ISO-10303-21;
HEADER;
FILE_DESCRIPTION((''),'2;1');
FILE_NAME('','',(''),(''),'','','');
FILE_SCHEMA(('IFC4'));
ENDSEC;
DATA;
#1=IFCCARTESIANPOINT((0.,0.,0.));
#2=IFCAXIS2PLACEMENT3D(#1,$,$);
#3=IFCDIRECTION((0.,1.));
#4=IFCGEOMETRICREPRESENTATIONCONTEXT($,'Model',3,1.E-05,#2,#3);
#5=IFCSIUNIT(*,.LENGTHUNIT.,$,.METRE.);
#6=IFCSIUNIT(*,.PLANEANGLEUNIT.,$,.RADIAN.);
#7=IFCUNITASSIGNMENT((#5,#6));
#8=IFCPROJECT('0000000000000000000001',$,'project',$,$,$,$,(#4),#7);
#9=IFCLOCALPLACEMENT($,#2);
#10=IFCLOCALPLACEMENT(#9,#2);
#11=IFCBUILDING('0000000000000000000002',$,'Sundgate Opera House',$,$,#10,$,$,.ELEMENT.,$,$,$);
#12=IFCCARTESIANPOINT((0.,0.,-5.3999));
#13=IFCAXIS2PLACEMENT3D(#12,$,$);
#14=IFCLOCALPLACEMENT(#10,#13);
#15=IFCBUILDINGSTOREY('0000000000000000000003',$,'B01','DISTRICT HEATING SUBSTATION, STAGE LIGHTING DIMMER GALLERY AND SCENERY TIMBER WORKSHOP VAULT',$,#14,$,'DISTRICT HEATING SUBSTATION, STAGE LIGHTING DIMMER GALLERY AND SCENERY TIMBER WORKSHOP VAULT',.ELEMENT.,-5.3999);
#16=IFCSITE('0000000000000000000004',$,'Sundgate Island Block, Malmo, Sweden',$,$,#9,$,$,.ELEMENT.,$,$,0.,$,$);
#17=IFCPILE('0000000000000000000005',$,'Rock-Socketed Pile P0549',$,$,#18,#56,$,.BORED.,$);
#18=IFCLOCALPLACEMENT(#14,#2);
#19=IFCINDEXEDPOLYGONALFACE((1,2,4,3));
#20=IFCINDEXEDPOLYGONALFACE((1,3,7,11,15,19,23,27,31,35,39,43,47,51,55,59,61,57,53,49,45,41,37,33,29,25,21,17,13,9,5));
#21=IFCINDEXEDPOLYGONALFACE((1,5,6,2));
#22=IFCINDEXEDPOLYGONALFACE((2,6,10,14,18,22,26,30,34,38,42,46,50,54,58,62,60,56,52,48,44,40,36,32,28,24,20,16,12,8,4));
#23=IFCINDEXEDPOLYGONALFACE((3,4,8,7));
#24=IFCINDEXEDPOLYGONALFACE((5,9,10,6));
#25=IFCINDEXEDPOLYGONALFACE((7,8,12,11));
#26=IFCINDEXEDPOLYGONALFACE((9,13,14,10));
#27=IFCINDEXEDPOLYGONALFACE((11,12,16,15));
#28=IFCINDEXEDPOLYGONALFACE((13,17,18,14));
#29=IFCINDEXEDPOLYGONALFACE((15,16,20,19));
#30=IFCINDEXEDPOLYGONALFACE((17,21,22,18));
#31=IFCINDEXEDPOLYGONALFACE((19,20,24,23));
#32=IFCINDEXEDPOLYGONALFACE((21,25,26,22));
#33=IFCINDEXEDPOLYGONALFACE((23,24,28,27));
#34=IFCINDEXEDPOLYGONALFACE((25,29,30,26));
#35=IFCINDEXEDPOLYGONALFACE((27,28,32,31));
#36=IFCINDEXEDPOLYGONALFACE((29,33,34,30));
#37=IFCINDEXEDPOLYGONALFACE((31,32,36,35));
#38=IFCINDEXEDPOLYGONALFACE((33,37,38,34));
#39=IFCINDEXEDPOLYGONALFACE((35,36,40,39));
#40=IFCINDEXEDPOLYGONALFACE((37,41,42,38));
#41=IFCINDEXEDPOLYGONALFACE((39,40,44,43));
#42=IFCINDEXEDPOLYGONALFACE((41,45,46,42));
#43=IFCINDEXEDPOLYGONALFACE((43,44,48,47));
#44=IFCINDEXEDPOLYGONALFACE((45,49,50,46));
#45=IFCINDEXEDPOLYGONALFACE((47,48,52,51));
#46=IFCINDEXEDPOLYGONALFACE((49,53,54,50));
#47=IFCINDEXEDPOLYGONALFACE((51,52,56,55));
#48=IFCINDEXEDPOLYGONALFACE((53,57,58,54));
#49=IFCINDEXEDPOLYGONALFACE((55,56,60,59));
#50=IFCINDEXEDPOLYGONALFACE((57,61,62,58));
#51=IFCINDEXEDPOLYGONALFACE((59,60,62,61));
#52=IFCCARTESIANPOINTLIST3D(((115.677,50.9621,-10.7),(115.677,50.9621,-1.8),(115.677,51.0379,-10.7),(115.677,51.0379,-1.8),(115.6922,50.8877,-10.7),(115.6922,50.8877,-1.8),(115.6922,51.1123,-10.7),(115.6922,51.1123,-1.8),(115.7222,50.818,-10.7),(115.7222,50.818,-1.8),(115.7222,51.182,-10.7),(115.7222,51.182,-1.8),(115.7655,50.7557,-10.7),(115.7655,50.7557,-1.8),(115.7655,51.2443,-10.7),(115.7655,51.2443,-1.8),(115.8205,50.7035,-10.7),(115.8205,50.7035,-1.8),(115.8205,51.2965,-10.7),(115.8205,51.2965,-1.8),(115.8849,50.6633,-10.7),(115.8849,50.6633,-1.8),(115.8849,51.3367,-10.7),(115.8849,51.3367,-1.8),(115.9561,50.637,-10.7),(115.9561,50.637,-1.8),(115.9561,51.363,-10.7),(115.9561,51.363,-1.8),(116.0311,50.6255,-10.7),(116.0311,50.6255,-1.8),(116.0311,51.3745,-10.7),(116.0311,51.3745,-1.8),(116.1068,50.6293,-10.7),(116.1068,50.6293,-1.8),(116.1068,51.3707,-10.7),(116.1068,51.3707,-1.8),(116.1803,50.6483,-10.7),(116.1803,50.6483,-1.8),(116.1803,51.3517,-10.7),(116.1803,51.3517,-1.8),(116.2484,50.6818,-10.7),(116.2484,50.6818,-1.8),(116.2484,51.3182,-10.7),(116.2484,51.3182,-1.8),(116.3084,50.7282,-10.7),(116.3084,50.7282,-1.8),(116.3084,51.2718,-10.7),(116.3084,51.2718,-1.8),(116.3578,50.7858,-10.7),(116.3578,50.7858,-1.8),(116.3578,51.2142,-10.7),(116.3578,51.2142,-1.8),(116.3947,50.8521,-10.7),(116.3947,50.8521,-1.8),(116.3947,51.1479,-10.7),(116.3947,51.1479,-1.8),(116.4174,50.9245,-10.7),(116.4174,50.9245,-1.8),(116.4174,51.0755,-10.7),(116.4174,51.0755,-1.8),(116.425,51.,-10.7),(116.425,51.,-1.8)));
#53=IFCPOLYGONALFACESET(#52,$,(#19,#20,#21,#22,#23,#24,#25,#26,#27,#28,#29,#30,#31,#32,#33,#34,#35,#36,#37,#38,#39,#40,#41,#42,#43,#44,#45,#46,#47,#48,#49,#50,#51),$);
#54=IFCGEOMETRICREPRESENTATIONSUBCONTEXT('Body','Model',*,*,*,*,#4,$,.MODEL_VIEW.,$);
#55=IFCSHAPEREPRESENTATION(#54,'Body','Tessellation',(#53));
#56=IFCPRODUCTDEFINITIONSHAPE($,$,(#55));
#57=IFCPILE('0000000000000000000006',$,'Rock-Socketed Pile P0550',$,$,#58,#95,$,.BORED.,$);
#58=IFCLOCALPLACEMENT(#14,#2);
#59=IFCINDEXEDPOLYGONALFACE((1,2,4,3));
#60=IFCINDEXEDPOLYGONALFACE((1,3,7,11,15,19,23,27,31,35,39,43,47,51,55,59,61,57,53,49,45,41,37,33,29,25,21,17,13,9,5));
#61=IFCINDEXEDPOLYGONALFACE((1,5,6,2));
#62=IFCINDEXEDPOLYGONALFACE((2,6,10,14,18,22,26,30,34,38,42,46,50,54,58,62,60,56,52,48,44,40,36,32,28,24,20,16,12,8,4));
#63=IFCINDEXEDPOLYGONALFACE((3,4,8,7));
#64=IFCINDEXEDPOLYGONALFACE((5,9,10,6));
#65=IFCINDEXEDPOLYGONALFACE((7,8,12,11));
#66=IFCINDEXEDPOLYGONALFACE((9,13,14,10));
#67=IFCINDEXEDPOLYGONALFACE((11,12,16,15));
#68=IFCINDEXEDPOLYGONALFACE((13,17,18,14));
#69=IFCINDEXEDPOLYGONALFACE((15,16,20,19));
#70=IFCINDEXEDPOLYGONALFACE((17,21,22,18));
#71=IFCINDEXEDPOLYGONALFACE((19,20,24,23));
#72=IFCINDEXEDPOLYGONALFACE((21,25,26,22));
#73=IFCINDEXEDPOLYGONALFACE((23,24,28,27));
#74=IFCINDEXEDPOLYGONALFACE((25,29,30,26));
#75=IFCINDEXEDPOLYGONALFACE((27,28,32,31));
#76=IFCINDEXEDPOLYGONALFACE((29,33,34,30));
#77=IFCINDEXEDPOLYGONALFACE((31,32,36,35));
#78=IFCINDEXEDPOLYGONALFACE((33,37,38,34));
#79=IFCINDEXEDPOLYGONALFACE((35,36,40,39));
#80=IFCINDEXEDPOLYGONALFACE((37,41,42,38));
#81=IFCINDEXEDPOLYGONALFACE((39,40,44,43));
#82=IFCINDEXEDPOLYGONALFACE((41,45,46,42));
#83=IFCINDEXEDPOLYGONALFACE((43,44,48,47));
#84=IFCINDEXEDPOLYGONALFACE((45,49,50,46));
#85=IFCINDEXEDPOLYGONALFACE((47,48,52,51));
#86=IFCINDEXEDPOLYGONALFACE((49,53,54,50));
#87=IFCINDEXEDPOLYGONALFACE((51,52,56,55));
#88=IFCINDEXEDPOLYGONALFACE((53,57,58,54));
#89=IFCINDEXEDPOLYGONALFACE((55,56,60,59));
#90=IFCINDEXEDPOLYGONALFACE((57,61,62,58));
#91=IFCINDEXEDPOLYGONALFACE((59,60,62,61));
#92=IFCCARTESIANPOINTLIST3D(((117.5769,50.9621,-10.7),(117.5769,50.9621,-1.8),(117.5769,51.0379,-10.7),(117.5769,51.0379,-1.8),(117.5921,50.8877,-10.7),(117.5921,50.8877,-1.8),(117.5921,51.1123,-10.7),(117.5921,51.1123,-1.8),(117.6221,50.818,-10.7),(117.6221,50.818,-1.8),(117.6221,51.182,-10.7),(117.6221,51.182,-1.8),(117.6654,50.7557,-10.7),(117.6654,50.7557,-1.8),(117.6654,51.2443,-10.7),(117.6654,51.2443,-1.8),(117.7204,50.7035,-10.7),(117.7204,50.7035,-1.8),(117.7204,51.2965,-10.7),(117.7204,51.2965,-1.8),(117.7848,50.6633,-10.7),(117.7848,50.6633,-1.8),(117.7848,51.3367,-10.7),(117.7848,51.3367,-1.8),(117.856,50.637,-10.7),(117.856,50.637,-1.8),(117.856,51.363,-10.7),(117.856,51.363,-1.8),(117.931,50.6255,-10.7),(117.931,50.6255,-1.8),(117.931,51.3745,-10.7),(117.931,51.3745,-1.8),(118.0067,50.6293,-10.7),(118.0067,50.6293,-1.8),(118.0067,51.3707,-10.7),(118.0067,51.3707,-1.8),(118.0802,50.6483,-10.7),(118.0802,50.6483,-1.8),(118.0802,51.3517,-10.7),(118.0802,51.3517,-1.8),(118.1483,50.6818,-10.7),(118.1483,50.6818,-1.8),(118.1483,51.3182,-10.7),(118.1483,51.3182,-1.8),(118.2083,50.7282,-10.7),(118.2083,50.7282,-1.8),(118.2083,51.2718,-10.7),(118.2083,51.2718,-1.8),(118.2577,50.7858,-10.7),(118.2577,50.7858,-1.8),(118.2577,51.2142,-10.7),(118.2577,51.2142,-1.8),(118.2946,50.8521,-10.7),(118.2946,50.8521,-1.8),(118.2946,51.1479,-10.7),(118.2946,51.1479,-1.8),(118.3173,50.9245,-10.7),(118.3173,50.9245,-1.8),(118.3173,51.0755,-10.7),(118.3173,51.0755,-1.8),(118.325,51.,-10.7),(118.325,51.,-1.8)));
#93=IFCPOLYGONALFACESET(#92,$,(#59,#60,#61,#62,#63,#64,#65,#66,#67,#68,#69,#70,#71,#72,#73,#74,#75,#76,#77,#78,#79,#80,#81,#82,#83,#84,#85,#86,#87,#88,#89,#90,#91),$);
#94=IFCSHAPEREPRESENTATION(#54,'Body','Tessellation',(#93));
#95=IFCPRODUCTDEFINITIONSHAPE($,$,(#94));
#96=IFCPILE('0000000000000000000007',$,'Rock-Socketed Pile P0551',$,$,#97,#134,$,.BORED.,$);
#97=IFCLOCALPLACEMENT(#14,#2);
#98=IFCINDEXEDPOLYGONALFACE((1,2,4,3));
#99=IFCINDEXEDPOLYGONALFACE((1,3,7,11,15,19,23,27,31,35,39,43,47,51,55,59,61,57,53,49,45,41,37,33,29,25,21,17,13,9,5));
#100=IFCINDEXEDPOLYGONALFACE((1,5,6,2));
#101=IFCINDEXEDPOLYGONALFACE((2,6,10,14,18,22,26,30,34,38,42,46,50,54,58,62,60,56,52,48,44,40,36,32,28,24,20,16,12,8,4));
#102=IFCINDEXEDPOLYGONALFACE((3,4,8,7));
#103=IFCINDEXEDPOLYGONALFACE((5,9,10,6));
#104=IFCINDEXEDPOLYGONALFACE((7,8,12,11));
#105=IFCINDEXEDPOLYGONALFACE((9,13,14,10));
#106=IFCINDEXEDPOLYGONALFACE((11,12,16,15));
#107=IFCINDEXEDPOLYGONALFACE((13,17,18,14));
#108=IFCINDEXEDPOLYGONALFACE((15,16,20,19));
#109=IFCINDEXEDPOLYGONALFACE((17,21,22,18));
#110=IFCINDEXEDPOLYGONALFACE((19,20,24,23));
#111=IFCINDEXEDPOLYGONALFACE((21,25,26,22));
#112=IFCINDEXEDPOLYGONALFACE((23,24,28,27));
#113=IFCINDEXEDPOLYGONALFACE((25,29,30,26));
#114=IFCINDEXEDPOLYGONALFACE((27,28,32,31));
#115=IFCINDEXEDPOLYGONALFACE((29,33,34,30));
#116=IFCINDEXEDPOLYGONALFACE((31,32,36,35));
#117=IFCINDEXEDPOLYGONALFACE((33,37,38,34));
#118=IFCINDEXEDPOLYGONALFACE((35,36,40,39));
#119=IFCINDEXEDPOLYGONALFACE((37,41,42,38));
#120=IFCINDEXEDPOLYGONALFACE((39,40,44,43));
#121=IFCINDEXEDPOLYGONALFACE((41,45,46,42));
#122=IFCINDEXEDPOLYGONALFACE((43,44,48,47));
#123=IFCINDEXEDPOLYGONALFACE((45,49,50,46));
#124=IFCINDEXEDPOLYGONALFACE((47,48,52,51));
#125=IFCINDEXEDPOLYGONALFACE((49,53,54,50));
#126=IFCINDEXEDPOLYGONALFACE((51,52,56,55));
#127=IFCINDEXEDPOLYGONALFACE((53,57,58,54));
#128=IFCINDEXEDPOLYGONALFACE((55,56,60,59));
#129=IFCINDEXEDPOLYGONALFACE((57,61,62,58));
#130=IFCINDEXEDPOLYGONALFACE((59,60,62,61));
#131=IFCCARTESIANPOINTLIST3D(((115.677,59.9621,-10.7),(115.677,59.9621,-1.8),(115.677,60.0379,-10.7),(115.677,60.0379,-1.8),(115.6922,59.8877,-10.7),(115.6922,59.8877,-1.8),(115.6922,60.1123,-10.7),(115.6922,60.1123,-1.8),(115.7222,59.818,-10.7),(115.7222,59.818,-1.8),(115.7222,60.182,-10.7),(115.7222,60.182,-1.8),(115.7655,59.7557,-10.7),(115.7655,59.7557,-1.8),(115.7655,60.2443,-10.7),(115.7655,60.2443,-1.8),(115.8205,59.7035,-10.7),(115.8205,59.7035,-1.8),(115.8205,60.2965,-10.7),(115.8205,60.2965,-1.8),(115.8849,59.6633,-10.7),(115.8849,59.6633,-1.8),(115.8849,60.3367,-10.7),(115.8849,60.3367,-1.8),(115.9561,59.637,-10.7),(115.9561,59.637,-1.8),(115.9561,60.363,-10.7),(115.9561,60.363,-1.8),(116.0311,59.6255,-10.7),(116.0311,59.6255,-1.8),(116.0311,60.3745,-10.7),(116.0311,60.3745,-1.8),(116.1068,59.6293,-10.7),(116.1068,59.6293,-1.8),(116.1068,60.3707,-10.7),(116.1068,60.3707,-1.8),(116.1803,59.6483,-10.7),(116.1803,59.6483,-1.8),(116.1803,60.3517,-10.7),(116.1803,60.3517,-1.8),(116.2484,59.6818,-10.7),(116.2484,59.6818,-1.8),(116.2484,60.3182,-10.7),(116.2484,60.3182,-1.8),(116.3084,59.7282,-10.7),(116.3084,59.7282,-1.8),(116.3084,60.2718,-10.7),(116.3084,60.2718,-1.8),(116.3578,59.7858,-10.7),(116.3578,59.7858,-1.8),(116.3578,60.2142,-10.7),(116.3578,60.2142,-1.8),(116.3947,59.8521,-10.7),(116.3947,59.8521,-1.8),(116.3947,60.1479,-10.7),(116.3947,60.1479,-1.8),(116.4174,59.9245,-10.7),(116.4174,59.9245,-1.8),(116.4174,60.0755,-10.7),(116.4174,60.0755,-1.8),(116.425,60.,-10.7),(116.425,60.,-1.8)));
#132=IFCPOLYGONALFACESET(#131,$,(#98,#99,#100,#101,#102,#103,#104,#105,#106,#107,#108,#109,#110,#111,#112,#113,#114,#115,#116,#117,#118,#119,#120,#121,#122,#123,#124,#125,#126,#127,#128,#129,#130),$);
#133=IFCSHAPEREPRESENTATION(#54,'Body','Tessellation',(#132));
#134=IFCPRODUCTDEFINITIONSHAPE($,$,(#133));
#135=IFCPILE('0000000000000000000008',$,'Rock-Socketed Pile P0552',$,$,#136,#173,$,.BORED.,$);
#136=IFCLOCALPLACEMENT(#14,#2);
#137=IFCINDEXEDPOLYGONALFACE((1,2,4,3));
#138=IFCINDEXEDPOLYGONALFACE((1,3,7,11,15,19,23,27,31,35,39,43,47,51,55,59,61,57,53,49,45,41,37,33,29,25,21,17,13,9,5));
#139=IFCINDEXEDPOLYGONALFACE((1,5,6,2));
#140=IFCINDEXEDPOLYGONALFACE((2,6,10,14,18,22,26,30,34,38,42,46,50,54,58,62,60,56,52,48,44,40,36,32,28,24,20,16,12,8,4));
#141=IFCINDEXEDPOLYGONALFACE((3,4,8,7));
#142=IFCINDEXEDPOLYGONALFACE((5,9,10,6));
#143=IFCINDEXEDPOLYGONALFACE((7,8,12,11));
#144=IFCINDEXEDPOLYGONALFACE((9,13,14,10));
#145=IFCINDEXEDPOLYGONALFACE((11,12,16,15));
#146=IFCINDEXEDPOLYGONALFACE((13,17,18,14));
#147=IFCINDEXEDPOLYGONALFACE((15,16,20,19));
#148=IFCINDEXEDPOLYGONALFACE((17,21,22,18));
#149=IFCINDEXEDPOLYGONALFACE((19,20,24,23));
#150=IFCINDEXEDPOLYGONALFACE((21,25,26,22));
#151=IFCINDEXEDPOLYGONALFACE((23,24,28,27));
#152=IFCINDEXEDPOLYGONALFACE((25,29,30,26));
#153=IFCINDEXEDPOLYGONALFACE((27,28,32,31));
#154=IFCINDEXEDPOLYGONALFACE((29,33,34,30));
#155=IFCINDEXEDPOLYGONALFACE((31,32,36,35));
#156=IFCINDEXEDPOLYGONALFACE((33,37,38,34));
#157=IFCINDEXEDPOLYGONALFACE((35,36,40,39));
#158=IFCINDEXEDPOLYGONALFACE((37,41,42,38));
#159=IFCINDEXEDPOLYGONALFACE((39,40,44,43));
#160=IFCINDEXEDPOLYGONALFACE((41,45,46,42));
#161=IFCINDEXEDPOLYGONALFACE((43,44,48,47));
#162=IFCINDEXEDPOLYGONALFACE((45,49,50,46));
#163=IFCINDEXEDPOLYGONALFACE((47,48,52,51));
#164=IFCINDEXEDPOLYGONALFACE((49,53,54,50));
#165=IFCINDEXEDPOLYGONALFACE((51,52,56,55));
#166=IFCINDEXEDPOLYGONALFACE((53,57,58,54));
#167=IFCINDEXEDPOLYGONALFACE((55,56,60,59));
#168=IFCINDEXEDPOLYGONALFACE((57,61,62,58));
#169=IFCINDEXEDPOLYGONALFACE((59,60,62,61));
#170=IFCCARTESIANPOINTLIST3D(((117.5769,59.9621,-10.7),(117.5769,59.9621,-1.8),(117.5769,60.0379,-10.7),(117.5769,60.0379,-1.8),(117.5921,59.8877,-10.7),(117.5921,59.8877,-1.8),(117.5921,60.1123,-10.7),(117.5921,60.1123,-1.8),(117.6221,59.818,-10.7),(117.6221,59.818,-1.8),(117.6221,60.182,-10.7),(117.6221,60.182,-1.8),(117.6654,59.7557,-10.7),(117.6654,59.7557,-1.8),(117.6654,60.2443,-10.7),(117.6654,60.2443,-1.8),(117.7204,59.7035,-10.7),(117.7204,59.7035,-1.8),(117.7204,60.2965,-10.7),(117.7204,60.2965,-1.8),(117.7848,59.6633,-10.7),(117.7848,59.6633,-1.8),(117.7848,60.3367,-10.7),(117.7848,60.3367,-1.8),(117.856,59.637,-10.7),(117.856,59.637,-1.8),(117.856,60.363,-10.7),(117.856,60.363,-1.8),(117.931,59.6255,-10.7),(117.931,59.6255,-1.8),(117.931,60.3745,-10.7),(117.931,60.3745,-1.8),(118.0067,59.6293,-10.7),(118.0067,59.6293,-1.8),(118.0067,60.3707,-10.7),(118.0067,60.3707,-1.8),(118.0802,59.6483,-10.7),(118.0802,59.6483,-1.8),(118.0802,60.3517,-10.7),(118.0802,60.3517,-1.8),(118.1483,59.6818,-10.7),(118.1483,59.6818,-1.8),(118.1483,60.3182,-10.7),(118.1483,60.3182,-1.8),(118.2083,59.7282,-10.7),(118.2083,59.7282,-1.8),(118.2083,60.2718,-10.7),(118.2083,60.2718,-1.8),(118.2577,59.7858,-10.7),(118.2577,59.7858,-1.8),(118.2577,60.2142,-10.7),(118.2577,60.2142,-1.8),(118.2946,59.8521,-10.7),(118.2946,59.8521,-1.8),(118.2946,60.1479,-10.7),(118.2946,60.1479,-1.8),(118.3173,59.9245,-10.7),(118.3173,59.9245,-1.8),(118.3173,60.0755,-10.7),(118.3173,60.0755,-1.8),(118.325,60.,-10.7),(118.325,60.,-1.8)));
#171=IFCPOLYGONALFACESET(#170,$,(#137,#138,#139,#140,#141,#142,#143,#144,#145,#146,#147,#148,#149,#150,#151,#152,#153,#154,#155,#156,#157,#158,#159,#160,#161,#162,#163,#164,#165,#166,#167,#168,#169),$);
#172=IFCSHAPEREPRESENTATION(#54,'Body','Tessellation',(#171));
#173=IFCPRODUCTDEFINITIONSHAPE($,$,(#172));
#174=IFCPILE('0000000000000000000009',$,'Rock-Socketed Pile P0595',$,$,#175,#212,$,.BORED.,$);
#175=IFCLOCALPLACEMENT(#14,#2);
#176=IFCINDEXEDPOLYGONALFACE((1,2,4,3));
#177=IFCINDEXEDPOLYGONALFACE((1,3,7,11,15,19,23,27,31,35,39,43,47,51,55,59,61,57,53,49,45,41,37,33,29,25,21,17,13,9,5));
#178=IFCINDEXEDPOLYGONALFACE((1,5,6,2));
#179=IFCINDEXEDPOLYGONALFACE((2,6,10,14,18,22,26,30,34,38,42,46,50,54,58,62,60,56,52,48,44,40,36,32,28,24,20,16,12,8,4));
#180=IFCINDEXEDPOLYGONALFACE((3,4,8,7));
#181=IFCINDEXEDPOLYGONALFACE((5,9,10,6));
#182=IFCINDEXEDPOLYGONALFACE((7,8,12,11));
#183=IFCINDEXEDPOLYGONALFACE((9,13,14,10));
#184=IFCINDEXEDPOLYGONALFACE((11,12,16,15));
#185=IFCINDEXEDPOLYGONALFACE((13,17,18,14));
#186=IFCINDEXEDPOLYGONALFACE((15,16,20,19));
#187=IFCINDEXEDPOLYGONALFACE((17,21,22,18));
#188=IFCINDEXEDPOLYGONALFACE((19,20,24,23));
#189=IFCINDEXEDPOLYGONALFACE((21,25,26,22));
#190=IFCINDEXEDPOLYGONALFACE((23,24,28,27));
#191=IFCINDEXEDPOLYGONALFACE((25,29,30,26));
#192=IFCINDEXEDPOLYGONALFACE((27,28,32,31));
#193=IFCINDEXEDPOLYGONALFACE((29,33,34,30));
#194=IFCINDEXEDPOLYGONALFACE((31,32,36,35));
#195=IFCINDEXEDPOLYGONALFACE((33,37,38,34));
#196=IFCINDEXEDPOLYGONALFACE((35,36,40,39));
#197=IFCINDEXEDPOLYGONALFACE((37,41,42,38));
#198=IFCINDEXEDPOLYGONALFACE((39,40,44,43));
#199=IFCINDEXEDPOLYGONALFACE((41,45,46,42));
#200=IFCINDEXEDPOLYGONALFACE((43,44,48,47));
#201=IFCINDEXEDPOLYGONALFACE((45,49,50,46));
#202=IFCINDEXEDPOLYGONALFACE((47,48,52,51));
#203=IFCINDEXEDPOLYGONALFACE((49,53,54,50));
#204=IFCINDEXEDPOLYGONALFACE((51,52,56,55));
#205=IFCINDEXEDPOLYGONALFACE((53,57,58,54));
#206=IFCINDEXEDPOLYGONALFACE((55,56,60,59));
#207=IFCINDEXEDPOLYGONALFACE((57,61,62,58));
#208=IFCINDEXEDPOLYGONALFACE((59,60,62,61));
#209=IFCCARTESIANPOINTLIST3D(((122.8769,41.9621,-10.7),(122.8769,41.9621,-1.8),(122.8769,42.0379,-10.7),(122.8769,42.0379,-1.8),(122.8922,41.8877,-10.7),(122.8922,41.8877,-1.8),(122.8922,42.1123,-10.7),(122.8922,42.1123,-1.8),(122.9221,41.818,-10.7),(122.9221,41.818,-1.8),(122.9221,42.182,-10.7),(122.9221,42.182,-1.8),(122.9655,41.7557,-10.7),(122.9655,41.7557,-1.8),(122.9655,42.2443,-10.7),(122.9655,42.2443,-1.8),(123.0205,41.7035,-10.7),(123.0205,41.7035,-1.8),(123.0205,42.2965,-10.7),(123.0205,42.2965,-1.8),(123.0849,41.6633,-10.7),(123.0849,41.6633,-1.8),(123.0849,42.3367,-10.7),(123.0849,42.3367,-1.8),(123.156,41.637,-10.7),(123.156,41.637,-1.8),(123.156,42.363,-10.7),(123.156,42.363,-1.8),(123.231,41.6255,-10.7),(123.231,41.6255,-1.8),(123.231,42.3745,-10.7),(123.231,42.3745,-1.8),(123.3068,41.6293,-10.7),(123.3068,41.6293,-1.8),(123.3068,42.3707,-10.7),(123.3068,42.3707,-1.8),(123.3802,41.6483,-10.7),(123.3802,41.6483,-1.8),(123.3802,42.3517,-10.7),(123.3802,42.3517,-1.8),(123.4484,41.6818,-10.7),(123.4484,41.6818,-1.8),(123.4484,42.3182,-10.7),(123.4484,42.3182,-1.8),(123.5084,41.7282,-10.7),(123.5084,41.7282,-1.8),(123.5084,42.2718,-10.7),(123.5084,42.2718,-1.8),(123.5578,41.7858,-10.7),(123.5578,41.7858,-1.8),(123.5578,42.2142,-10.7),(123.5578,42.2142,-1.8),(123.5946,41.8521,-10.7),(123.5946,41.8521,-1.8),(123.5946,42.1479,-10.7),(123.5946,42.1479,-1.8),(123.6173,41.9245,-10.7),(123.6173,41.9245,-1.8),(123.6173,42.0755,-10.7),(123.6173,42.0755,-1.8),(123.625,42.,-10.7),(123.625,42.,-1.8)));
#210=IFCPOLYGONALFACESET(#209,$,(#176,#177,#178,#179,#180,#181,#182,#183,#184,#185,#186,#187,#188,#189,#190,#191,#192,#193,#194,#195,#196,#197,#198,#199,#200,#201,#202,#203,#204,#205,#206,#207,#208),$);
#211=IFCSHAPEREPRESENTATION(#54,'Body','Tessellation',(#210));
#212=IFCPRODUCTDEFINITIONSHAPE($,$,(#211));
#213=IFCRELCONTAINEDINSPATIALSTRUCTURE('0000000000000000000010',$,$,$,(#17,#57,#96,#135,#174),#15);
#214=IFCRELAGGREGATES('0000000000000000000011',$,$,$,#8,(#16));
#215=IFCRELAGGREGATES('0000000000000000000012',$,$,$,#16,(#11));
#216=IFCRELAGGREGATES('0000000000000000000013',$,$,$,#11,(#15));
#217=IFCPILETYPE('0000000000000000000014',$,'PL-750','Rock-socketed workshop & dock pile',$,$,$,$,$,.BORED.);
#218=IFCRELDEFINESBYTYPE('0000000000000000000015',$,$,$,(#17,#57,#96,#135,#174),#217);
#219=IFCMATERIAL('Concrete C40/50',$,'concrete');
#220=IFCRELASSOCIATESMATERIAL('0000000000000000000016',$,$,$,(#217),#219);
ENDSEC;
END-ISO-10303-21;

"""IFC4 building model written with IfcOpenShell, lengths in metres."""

from ifc_helpers import new_model, si_unit, direction, frame, origin, origin_2d, place, context, subcontext, project, spatial, circle, extrude, material, material_profile, profile_set, type_object, element, save


model = new_model("IFC4")

# Units and contexts
model_context = context("Model", 3, precision=1e-05, world=origin(), true_north=direction((0.0, 1.0)))
body_context = subcontext(model_context, "Body", "Model", "MODEL_VIEW")
ifc_project = project(units=[si_unit("LENGTHUNIT", "METRE"), si_unit("PLANEANGLEUNIT", "RADIAN")], contexts=[model_context])

# Site, building, storey
site_placement = place(None, origin())
site = spatial("IfcSite", under=ifc_project, at=site_placement, Name="Sundgate Island Block, Malmo, Sweden", CompositionType="ELEMENT", RefElevation=0.0)
building_placement = place(site_placement, origin())
building = spatial("IfcBuilding", under=site, at=building_placement, Name="Sundgate Opera House", CompositionType="ELEMENT")
storey_placement = place(building_placement, frame((0.0, 0.0, -5.3999)))
storey = spatial("IfcBuildingStorey", under=building, at=storey_placement, Name="B01", Description="DISTRICT HEATING SUBSTATION, STAGE LIGHTING DIMMER GALLERY AND SCENERY TIMBER WORKSHOP VAULT", LongName="DISTRICT HEATING SUBSTATION, STAGE LIGHTING DIMMER GALLERY AND SCENERY TIMBER WORKSHOP VAULT", CompositionType="ELEMENT", Elevation=-5.3999)

# Piles
ifc_material_1 = material(Name="Concrete C40/50", Category="concrete")
ifc_material_profile_1 = material_profile(ifc_material_1, circle(Radius=0.375, at=origin_2d()), Name="PILE D750")
ifc_profile_set_1 = profile_set([ifc_material_profile_1], Name="Concrete C40/50")
pile_type = type_object("IfcPileType", Name="PL-750", Description="Rock-socketed workshop & dock pile", PredefinedType="BORED", material=ifc_profile_set_1)
for number, where, z_axis, x_axis, name in (
    (1, (116.05, 51.0, -1.8), (0.0, 0.0, -1.0), (1.0, 0.0, 0.0), "Rock-Socketed Pile P0549"),
    (2, (117.95, 51.0, -1.8), (0.0, 0.0, -1.0), (1.0, 0.0, 0.0), "Rock-Socketed Pile P0550"),
    (3, (116.05, 60.0, -1.8), (0.0, 0.0, -1.0), (1.0, 0.0, 0.0), "Rock-Socketed Pile P0551"),
    (4, (117.95, 60.0, -1.8), (0.0, 0.0, -1.0), (1.0, 0.0, 0.0), "Rock-Socketed Pile P0552"),
    (5, (123.25, 42.0, -1.8), (0.0, 0.0, -1.0), (1.0, 0.0, 0.0), "Rock-Socketed Pile P0595"),
):
    element("IfcPile", number, at=place(storey_placement, frame(where, z_axis=z_axis, x_axis=x_axis)), inside=storey, type_object=pile_type, Name=name, PredefinedType="BORED", context=body_context, shape_type="SweptSolid", body=[
        extrude(circle(Radius=0.375, at=origin_2d()), origin(), (0.0, 0.0, 1.0), 8.8999),
    ])

save(model, "model.ifc")
